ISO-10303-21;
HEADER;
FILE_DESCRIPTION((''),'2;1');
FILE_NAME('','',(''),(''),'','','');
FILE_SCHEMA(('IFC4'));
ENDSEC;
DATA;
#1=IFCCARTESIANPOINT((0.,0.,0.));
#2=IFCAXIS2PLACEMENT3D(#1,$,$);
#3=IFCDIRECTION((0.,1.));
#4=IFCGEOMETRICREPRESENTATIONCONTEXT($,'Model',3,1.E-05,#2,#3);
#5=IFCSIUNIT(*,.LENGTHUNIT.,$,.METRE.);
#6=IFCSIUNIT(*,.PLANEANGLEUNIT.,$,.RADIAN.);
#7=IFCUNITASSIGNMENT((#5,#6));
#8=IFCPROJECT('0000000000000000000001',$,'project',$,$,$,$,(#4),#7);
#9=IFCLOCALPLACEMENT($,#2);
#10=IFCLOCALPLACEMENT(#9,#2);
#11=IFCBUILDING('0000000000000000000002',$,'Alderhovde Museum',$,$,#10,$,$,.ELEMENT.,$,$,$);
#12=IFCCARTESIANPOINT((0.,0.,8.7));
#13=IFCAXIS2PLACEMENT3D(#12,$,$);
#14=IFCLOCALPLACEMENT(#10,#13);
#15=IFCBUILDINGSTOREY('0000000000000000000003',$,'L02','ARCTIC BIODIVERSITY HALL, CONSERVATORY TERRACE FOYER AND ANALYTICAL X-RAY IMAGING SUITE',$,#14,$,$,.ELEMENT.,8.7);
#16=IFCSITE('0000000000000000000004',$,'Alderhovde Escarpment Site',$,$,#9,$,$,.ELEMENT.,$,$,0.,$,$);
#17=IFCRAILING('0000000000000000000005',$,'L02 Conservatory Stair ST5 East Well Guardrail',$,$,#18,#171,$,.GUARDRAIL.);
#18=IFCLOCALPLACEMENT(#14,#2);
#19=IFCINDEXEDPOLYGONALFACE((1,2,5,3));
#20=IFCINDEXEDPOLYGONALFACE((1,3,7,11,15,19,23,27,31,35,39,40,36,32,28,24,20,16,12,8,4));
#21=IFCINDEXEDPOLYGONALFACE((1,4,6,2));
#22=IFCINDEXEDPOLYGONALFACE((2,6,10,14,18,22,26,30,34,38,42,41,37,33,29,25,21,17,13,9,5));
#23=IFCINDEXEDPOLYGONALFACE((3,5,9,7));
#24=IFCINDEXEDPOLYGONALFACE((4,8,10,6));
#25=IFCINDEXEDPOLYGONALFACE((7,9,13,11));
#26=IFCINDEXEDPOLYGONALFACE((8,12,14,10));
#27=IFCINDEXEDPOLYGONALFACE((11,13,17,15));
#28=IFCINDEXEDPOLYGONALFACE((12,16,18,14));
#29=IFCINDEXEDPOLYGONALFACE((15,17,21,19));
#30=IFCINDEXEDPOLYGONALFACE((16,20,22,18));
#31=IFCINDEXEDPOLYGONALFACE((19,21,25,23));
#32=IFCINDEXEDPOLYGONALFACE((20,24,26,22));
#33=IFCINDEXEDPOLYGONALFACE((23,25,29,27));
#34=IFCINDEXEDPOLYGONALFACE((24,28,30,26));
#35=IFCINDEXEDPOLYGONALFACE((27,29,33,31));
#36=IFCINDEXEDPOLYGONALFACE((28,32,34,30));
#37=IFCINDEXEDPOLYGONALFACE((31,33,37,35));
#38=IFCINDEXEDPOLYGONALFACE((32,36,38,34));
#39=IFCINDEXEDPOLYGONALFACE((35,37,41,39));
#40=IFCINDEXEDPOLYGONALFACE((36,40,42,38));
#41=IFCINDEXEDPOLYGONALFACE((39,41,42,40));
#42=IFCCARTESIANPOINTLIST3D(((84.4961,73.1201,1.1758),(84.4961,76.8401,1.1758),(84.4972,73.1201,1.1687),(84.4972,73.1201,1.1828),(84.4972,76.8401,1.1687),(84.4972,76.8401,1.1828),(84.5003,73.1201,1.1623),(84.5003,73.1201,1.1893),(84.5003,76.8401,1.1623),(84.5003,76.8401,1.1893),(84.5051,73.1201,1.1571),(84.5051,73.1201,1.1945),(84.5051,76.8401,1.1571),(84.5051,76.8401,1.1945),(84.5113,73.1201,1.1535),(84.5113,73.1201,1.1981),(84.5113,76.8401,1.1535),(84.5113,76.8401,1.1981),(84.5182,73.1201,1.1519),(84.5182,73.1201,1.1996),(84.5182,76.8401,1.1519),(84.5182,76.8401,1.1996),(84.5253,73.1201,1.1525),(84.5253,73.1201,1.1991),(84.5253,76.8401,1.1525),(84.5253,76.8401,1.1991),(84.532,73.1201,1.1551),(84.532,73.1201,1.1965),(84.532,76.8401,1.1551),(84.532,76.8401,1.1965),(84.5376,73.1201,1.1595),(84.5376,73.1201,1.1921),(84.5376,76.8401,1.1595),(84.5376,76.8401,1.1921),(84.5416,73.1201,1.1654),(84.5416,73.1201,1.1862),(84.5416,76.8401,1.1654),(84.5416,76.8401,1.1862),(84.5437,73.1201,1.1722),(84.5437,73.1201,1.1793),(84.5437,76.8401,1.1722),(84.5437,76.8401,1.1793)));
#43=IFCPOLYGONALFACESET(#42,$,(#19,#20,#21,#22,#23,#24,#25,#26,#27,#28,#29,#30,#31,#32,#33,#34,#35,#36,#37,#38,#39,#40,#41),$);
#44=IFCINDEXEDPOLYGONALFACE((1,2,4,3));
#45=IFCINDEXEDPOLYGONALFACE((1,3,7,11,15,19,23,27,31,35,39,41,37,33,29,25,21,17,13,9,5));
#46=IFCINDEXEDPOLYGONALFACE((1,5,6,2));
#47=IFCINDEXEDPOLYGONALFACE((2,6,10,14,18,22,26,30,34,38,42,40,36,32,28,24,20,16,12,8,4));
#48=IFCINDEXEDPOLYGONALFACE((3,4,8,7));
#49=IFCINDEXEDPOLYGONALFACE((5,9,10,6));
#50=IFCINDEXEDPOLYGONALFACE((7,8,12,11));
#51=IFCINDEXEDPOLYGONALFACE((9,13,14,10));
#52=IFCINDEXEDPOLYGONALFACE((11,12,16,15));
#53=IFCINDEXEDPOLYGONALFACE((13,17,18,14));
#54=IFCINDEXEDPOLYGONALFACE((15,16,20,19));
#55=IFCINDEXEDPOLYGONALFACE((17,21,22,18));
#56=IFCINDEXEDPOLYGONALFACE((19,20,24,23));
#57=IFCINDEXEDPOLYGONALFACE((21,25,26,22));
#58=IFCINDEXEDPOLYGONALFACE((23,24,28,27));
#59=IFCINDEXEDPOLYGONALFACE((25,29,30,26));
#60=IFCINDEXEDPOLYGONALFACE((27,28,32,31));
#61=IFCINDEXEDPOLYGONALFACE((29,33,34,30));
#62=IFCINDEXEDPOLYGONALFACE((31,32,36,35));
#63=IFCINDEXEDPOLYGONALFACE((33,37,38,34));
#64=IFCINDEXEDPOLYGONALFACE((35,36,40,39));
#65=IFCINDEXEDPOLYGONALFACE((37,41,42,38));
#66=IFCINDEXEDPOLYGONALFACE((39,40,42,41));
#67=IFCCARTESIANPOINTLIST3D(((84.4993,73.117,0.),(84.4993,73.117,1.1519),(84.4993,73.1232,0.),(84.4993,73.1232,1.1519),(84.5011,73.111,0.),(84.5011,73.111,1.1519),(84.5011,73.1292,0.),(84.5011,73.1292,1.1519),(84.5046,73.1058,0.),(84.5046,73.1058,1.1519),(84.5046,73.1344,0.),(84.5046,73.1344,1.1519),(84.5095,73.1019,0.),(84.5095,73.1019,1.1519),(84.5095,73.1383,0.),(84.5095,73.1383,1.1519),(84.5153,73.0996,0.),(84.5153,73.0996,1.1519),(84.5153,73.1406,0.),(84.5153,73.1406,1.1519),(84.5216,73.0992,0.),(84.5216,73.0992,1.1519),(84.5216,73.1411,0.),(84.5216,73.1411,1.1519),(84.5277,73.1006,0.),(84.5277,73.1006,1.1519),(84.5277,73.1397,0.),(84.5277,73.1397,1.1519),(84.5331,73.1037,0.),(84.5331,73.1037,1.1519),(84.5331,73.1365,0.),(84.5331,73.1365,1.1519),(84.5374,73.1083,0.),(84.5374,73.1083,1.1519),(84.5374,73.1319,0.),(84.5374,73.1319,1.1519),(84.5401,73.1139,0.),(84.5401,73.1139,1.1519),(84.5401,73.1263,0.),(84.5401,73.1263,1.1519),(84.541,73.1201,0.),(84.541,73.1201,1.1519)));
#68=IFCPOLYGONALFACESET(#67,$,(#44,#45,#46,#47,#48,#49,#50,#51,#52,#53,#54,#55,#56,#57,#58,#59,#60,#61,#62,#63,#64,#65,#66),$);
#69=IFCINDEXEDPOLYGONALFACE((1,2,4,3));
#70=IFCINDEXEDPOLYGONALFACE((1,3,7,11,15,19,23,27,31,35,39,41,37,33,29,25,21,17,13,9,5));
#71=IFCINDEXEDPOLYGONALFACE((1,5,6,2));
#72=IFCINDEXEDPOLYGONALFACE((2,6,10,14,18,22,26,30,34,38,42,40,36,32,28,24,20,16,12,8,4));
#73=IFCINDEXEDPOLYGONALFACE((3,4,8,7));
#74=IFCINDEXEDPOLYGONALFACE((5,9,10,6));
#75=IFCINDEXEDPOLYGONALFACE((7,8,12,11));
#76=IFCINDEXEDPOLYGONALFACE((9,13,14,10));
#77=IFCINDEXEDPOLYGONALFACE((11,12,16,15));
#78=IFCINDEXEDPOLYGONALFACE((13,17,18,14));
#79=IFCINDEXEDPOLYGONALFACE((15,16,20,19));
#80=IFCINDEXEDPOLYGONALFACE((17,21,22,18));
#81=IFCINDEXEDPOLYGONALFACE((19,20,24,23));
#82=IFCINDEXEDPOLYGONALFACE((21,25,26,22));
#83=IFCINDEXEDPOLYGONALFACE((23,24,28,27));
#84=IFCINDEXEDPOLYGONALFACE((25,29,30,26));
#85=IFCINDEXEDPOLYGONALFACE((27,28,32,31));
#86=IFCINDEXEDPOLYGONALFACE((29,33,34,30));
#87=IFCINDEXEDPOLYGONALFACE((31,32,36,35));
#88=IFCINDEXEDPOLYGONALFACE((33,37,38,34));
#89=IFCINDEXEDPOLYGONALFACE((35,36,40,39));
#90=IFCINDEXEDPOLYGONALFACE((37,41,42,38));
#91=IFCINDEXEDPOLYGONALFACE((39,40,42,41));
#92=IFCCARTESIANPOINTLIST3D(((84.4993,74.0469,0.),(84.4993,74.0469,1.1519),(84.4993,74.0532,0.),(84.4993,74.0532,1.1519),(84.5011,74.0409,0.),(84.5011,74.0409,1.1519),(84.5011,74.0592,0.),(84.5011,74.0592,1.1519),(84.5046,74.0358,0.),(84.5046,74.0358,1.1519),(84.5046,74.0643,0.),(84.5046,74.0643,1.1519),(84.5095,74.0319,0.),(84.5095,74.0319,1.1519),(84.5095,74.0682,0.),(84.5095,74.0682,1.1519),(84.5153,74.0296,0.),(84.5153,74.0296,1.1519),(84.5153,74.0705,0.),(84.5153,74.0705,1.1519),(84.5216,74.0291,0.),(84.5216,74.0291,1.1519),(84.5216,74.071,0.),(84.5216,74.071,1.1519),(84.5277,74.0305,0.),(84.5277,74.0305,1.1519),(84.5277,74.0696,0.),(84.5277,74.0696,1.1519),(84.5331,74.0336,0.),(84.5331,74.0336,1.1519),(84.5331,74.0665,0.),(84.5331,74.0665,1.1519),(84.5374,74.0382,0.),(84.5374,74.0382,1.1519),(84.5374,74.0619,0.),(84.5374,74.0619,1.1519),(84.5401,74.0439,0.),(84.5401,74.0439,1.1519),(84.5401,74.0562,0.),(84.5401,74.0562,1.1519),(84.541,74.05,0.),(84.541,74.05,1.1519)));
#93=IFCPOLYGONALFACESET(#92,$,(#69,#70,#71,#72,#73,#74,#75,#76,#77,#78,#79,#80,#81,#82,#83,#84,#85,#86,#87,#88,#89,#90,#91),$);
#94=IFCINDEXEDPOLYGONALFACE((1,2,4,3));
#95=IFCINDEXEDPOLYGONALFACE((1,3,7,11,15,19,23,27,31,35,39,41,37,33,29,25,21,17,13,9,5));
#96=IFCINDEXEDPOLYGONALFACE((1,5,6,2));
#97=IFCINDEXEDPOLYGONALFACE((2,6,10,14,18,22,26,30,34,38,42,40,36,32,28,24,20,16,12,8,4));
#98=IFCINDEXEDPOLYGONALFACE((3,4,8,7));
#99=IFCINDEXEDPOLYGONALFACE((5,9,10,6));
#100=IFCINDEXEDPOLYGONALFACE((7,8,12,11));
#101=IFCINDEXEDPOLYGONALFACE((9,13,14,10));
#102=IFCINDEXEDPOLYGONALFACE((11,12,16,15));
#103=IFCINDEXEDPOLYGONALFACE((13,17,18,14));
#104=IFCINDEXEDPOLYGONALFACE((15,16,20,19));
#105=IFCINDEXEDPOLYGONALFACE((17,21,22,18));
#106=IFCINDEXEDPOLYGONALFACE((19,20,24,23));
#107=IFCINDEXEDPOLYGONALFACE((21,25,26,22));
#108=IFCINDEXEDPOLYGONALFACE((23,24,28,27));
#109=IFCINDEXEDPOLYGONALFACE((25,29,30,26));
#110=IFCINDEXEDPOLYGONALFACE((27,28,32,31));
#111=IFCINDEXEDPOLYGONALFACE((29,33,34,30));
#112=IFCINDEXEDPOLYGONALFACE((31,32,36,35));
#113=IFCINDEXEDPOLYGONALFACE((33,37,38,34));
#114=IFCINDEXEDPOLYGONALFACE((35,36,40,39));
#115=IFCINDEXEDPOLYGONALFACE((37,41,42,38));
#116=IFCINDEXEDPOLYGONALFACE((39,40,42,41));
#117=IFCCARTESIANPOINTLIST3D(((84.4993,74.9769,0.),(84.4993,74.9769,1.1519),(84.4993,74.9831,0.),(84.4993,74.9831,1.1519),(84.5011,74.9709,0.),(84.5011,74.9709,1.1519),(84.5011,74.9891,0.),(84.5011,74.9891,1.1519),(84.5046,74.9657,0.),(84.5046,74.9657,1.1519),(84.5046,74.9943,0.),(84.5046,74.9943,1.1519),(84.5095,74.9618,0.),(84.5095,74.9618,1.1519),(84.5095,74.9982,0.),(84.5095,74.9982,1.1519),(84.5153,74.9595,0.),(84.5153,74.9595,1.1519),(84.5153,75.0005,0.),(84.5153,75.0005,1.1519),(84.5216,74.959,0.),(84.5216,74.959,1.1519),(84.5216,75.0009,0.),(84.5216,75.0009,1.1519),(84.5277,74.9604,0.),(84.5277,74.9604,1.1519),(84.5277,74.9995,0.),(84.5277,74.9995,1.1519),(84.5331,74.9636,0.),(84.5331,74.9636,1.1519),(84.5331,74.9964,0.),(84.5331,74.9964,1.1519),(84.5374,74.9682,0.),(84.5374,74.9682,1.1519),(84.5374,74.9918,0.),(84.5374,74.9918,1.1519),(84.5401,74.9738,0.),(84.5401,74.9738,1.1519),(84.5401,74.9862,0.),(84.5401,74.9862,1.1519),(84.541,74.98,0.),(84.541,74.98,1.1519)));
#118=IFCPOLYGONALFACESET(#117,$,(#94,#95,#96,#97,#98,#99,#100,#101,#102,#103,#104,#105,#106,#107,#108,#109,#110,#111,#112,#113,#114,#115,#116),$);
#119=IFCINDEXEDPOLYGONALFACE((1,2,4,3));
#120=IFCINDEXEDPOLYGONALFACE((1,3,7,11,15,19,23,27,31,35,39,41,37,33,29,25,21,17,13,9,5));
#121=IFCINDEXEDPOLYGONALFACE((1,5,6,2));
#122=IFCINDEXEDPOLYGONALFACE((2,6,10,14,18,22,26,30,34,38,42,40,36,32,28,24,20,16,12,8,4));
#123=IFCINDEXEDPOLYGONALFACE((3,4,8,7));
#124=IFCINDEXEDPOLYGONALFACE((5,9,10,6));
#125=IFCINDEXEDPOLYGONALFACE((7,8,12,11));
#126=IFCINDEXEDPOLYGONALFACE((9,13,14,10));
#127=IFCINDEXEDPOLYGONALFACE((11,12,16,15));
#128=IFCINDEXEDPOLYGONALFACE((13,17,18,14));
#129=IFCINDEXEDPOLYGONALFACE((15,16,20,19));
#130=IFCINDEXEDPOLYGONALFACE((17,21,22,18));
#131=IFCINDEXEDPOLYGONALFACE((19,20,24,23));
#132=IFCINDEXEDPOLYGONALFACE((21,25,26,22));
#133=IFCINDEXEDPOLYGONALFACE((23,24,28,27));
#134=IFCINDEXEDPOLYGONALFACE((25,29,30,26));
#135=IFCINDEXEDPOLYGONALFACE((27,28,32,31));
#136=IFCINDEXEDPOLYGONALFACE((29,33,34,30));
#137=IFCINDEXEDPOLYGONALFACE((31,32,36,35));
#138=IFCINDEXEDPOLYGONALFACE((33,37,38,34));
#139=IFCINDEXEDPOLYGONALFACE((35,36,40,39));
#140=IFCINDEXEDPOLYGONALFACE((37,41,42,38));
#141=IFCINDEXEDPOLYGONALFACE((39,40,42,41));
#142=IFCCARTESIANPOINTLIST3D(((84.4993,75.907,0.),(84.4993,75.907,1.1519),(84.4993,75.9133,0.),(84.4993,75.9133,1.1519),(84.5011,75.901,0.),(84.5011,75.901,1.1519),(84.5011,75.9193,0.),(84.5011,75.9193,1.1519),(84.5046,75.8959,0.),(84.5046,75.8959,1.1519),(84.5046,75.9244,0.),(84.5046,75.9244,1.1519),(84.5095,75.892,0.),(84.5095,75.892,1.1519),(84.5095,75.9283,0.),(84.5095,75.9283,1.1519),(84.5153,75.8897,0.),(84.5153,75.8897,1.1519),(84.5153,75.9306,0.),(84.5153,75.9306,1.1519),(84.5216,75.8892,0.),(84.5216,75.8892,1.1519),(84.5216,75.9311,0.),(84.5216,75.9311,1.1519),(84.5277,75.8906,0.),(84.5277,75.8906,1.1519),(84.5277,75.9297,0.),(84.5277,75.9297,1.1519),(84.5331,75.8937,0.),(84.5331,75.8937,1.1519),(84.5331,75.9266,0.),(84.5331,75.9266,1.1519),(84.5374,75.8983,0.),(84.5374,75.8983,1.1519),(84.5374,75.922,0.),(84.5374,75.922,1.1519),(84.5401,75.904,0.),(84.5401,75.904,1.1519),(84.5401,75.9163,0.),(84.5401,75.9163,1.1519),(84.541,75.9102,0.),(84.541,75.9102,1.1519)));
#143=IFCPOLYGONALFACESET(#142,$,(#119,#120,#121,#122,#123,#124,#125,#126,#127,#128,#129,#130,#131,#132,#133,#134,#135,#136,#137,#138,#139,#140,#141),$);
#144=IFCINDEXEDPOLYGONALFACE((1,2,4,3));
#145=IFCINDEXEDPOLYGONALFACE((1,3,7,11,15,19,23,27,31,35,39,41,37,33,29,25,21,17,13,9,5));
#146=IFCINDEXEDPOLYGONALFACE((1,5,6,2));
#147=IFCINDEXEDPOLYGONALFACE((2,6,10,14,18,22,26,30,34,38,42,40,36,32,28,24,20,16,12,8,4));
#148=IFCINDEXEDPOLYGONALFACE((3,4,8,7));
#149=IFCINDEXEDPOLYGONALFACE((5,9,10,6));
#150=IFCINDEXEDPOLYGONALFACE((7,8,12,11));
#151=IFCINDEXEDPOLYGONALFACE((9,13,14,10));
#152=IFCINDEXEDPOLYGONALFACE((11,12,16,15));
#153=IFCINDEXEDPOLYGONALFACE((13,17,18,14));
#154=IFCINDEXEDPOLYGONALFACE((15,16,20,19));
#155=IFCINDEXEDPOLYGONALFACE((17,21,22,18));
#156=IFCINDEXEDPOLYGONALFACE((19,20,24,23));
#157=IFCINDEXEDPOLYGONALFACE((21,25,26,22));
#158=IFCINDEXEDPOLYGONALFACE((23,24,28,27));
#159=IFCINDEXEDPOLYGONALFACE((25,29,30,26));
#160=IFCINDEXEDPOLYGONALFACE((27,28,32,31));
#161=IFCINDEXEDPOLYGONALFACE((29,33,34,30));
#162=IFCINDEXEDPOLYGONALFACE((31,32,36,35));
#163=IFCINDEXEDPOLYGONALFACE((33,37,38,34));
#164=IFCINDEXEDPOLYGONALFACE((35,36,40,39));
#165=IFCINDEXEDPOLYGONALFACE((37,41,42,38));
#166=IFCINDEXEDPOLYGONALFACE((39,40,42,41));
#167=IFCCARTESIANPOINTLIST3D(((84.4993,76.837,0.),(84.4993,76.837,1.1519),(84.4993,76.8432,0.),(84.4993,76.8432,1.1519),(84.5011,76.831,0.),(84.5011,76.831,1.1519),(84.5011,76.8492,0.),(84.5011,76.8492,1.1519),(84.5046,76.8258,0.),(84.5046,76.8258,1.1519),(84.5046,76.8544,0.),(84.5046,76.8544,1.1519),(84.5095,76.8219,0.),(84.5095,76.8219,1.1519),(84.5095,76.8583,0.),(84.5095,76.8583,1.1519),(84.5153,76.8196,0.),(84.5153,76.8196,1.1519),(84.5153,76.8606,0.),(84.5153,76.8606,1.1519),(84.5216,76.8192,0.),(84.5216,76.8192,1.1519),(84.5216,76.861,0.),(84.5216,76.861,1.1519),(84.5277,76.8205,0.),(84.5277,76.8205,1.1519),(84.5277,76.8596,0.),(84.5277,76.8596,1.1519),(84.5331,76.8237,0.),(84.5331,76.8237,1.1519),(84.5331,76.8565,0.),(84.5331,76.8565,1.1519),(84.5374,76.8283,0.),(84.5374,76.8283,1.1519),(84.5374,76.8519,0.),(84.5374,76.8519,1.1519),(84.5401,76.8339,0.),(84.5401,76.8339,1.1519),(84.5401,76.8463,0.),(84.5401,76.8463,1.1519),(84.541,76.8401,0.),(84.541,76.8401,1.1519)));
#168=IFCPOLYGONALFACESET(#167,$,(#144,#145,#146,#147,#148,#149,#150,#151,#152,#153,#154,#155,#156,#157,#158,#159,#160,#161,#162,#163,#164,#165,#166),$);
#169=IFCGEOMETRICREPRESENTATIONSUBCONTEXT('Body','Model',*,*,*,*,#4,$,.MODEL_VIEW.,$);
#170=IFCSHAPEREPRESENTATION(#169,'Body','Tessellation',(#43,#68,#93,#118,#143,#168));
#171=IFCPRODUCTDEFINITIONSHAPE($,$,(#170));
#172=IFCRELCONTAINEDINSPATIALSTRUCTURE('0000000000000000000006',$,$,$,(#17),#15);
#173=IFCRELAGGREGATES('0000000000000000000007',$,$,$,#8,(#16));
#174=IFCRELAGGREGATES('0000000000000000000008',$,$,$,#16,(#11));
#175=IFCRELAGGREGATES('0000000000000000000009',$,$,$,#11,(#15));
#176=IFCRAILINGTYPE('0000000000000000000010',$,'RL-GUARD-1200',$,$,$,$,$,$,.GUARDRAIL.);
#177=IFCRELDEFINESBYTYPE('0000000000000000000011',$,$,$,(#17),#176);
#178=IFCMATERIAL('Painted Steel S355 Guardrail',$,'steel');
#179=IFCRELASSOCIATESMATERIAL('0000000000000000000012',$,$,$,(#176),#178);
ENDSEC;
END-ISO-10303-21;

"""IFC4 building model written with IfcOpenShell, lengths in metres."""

from ifc_helpers import new_model, si_unit, direction, frame, origin, origin_2d, place, context, subcontext, project, spatial, circle, extrude, material, type_object, element, save


model = new_model("IFC4")

# Units and contexts
model_context = context("Model", 3, precision=1e-05, world=origin(), true_north=direction((0.0, 1.0)))
body_context = subcontext(model_context, "Body", "Model", "MODEL_VIEW")
ifc_project = project(units=[si_unit("LENGTHUNIT", "METRE"), si_unit("PLANEANGLEUNIT", "RADIAN")], contexts=[model_context])

# Site, building, storey
site_placement = place(None, origin())
site = spatial("IfcSite", under=ifc_project, at=site_placement, Name="Alderhovde Escarpment Site", CompositionType="ELEMENT", RefElevation=0.0)
building_placement = place(site_placement, origin())
building = spatial("IfcBuilding", under=site, at=building_placement, Name="Alderhovde Museum", CompositionType="ELEMENT")
storey_placement = place(building_placement, frame((0.0, 0.0, 8.7)))
storey = spatial("IfcBuildingStorey", under=building, at=storey_placement, Name="L02", Description="ARCTIC BIODIVERSITY HALL, CONSERVATORY TERRACE FOYER AND ANALYTICAL X-RAY IMAGING SUITE", CompositionType="ELEMENT", Elevation=8.7)

# Railing
ifc_material_1 = material(Name="Painted Steel S355 Guardrail", Category="steel")
railing_type_1 = type_object("IfcRailingType", Name="RL-GUARD-1200", PredefinedType="GUARDRAIL", material=ifc_material_1)
railing_1_placement = place(storey_placement, frame((84.52, 73.1201, 0.0)))
element("IfcRailing", 1, at=railing_1_placement, inside=storey, type_object=railing_type_1, Name="L02 Conservatory Stair ST5 East Well Guardrail", PredefinedType="GUARDRAIL", context=body_context, shape_type="SweptSolid", body=[
    extrude(circle(Radius=0.0239, at=origin_2d()), frame((0.0, 0.0, 1.1758), z_axis=(0.0, 1.0, 0.0), x_axis=(-1.0, 0.0, 0.0)), (0.0, 0.0, 1.0), 3.72),
    extrude(circle(Radius=0.021, at=origin_2d()), origin(), (0.0, 0.0, 1.0), 1.1519),
    extrude(circle(Radius=0.021, at=origin_2d()), frame((0.0, 0.9299, 0.0)), (0.0, 0.0, 1.0), 1.1519),
    extrude(circle(Radius=0.021, at=origin_2d()), frame((0.0, 1.8599, 0.0)), (0.0, 0.0, 1.0), 1.1519),
    extrude(circle(Radius=0.021, at=origin_2d()), frame((0.0, 2.79, 0.0)), (0.0, 0.0, 1.0), 1.1519),
    extrude(circle(Radius=0.021, at=origin_2d()), frame((0.0, 3.72, 0.0)), (0.0, 0.0, 1.0), 1.1519),
])

save(model, "model.ifc")
